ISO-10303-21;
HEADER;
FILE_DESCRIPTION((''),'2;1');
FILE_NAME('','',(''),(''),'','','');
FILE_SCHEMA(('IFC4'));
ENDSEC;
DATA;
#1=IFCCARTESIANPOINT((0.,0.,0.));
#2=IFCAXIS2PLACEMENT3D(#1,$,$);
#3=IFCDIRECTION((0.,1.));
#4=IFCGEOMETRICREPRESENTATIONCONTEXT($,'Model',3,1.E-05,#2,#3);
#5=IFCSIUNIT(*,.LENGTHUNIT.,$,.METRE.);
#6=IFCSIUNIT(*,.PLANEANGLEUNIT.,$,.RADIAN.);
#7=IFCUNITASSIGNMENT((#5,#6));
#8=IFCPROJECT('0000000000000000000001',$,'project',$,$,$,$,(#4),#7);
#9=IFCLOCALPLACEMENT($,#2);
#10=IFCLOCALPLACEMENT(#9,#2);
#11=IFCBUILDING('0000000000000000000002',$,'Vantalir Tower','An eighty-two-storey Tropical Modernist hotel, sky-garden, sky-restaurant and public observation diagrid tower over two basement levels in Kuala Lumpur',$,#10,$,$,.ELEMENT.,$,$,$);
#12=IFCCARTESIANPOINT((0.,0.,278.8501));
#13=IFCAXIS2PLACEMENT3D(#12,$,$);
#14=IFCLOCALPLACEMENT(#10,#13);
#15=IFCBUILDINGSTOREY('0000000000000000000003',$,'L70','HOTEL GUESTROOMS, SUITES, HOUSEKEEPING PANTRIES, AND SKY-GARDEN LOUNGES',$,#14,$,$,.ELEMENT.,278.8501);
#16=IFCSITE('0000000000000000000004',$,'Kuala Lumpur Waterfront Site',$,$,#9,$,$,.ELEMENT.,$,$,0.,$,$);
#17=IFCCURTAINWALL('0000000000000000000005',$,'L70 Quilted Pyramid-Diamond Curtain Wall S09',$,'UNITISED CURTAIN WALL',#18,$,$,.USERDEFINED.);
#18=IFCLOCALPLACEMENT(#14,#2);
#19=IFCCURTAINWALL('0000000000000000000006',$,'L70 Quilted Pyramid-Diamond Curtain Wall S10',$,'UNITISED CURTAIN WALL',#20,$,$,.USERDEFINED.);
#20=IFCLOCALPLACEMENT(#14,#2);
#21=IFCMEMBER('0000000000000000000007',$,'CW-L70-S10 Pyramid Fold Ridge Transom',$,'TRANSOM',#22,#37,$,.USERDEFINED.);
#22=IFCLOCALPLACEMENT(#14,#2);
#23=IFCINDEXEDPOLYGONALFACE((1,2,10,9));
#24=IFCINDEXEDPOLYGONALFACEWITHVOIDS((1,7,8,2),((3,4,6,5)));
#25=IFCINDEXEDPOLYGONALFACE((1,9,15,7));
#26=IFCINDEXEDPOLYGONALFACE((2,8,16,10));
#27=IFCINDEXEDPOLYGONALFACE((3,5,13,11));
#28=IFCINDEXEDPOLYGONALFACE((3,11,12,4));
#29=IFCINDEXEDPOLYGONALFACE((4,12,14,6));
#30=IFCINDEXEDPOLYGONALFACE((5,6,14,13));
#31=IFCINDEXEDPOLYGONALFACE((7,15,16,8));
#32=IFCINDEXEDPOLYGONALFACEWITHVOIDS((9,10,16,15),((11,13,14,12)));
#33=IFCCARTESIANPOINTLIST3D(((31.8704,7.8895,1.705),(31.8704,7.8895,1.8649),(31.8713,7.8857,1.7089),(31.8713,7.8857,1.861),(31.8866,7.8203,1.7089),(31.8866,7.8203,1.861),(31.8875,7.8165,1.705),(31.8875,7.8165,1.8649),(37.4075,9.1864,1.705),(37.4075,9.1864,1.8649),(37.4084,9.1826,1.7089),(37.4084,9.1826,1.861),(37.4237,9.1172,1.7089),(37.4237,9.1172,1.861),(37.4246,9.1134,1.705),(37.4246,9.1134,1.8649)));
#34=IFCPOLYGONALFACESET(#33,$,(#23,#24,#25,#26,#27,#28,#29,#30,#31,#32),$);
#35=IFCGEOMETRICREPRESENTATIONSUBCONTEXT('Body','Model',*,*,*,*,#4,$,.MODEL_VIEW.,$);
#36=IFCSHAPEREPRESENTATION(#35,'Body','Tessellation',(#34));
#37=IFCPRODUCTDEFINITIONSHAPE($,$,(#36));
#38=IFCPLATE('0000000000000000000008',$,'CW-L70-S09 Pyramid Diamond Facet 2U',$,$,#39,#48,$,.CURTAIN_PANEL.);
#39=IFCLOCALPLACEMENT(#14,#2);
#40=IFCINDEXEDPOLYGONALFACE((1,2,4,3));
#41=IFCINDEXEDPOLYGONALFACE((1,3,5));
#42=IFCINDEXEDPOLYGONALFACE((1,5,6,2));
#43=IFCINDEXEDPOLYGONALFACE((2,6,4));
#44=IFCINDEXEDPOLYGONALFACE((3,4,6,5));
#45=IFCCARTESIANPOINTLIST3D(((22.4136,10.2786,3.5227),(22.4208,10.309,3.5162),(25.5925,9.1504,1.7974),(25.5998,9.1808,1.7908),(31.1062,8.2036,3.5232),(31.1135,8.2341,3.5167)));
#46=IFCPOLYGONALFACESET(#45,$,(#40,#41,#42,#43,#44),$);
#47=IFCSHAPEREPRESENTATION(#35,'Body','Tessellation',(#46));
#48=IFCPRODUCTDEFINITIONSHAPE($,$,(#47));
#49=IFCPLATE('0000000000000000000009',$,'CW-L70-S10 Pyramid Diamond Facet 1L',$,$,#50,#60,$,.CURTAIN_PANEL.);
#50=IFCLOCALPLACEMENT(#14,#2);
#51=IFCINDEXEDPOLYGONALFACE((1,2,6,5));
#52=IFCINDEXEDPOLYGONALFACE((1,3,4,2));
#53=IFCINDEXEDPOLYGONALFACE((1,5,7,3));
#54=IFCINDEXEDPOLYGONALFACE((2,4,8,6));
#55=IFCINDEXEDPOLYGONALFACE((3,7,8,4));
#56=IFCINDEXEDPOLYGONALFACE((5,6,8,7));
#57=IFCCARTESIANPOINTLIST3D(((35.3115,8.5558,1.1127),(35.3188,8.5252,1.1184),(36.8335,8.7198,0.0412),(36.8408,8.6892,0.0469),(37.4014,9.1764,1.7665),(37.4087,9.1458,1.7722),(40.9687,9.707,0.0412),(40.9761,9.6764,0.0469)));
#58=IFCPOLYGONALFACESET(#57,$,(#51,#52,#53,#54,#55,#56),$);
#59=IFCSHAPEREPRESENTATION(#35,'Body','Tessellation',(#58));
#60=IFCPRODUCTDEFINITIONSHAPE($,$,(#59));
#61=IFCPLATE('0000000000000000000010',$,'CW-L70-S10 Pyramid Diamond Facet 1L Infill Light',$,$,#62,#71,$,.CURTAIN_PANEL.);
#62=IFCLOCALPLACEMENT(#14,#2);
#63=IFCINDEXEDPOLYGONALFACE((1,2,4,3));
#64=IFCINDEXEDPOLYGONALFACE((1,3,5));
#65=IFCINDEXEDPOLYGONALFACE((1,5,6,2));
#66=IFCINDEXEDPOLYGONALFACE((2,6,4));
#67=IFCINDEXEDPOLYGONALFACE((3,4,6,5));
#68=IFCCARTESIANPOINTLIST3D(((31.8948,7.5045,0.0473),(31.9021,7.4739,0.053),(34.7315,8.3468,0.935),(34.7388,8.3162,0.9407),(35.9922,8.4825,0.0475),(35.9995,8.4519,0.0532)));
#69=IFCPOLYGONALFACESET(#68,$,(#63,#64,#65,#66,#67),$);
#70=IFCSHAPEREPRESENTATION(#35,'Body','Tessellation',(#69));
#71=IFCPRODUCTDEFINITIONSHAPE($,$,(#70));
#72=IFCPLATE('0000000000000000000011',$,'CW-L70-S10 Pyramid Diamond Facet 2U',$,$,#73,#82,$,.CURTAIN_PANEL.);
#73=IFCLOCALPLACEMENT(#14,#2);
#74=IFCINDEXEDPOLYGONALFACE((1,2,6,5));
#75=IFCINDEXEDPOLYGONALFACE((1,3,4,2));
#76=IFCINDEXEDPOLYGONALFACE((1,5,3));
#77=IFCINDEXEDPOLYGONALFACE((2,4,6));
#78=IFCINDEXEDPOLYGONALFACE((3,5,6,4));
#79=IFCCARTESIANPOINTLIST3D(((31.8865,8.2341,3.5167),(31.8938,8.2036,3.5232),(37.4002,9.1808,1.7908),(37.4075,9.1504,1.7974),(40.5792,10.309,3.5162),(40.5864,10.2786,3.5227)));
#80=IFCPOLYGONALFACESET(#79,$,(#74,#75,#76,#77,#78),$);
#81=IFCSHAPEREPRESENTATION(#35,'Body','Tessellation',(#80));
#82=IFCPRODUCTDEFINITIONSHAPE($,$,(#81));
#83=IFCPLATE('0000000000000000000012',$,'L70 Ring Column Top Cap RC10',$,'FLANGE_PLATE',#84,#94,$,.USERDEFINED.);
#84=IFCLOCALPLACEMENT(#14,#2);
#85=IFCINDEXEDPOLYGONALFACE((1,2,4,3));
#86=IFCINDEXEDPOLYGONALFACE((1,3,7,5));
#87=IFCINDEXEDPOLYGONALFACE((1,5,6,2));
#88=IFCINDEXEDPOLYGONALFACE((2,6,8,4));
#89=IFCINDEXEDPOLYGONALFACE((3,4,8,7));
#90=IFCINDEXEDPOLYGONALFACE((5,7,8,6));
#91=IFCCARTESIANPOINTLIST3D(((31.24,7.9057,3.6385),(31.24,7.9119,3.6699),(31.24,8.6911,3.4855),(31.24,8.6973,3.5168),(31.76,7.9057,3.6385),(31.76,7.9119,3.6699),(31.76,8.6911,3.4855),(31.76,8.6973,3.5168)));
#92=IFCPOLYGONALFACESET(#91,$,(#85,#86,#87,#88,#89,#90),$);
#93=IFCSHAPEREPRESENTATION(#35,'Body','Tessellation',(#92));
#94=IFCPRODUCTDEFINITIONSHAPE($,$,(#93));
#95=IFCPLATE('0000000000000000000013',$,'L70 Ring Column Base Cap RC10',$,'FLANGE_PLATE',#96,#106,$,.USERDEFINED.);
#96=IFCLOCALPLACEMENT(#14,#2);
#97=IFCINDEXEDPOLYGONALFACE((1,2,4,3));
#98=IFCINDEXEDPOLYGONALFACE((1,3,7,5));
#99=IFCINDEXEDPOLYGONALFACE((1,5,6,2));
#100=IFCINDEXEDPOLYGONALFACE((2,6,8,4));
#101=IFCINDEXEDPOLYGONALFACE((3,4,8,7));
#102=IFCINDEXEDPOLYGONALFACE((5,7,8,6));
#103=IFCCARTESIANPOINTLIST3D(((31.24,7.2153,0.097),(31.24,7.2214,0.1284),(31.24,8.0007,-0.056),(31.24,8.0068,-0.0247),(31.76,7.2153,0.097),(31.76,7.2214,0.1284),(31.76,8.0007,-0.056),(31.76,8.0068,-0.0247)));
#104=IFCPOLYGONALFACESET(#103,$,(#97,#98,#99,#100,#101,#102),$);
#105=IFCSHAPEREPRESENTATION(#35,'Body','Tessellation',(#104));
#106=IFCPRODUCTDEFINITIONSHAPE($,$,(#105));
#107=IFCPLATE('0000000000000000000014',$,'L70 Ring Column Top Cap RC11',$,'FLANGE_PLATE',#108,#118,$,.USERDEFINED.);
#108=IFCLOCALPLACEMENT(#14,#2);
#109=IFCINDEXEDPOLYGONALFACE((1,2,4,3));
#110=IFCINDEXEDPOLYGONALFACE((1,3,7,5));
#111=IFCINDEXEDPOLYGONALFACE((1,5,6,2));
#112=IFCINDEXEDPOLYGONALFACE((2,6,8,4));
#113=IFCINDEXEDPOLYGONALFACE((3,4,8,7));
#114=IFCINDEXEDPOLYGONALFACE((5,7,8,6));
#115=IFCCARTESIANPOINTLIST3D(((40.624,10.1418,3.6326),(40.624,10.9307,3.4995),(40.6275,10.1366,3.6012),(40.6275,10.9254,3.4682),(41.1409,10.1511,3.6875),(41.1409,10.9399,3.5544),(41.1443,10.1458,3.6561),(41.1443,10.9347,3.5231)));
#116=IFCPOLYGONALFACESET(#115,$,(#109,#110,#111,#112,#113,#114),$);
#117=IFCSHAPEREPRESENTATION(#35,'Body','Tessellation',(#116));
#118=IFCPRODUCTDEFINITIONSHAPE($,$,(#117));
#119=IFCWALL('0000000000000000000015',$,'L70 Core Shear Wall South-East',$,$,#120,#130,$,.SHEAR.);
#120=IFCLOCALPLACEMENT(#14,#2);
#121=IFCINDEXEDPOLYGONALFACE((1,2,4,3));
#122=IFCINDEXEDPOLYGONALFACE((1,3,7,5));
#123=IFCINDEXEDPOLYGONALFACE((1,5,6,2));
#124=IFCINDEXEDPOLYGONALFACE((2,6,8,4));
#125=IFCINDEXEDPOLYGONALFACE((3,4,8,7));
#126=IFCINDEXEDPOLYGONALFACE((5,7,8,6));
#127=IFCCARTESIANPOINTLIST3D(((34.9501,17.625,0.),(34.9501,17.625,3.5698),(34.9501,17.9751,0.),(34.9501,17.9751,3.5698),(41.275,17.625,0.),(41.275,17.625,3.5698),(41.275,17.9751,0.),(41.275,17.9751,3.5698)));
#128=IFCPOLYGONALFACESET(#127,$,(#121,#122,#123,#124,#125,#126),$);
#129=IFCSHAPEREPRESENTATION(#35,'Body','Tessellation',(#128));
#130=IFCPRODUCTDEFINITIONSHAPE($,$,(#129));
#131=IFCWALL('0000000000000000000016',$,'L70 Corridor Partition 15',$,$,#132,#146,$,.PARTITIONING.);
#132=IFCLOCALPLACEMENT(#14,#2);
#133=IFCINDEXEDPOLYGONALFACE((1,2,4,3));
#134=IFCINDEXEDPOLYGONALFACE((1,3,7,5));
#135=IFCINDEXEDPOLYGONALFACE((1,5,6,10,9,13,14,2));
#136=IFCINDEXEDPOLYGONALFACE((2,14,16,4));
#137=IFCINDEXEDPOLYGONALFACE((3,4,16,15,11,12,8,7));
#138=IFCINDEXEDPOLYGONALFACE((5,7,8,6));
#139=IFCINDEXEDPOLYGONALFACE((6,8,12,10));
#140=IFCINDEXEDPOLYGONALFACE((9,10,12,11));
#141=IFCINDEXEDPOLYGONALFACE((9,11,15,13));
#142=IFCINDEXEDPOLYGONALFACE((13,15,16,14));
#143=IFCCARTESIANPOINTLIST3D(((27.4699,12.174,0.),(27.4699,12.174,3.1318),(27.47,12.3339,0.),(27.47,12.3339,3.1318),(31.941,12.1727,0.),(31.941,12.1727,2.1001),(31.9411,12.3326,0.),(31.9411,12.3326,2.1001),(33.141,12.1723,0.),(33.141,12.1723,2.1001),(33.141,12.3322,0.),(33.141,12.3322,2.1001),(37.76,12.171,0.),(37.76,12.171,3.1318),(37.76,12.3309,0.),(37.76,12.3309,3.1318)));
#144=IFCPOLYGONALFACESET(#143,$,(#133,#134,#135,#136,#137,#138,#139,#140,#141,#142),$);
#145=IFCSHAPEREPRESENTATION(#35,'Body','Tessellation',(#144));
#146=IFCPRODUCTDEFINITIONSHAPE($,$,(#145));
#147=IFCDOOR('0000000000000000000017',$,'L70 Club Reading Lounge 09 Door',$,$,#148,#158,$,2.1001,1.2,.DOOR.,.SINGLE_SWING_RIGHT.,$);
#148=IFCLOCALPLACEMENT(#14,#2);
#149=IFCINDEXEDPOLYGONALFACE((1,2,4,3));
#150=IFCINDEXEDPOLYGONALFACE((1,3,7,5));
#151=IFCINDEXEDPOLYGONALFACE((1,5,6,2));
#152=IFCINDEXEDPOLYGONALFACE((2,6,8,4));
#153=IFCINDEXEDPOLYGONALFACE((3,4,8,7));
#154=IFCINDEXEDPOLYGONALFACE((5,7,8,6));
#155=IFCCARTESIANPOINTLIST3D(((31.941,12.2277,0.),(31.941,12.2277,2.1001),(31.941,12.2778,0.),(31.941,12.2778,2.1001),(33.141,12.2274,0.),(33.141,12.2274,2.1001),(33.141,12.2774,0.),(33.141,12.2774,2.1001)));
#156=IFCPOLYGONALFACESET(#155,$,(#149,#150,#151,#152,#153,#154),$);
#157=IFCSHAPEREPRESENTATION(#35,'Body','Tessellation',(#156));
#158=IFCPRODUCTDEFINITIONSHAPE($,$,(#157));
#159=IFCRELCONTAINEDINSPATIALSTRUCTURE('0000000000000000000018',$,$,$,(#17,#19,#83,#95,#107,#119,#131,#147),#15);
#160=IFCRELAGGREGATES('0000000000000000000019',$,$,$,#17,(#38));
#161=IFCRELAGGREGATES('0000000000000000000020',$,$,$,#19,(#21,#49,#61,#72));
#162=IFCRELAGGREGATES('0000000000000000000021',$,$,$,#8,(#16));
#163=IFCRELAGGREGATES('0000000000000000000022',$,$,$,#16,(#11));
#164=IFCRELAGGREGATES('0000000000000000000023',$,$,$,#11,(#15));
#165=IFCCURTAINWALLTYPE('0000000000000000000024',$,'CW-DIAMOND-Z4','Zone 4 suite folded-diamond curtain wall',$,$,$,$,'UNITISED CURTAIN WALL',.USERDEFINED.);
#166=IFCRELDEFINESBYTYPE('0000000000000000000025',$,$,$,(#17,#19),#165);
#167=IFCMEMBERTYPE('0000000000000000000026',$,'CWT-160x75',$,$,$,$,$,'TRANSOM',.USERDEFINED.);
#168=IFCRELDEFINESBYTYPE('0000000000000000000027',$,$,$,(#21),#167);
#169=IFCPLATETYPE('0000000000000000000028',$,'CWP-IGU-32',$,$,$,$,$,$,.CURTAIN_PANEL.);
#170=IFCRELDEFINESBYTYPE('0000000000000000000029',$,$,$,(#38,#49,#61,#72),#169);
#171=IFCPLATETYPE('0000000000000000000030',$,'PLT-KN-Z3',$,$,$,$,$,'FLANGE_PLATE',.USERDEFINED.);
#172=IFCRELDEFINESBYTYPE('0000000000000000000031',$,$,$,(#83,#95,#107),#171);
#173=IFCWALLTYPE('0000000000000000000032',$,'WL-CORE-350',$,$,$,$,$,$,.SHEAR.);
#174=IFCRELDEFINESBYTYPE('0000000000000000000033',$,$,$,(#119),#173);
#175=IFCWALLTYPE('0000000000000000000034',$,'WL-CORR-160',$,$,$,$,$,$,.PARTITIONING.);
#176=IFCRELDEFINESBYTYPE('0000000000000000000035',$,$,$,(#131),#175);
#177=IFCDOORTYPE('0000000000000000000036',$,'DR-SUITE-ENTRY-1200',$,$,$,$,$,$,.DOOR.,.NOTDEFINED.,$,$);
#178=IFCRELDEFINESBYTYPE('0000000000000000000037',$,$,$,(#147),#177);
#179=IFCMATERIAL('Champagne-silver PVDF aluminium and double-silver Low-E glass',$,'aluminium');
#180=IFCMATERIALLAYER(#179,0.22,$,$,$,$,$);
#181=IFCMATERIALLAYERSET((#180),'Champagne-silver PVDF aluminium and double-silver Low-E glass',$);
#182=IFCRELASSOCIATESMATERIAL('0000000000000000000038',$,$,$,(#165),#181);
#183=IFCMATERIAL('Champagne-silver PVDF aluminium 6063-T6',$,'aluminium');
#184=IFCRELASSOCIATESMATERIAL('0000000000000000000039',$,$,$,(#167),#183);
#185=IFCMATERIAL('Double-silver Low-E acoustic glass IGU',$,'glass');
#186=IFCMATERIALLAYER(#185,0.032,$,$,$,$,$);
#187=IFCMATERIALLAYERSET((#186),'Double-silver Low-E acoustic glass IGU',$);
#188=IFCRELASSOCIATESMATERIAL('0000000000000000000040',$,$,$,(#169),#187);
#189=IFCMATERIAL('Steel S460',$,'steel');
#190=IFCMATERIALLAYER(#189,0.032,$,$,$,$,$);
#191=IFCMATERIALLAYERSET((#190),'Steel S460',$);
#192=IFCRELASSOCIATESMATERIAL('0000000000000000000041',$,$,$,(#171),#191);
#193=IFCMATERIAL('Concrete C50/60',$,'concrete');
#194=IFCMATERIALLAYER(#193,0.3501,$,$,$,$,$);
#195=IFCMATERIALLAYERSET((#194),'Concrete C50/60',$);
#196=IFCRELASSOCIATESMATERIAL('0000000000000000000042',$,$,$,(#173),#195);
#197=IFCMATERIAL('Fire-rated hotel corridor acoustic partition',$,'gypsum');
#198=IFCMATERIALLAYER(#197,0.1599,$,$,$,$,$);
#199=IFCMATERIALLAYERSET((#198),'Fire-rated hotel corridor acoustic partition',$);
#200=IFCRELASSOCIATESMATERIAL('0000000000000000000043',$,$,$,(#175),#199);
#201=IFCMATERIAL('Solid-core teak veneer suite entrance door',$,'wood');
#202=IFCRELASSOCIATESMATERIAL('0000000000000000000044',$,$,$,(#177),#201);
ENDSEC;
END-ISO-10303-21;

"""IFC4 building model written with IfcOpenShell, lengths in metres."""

from ifc_helpers import new_model, si_unit, direction, frame, frame_2d, origin, origin_2d, place, context, subcontext, project, spatial, polyline, rectangle, hollow_rectangle, outline, extrude, material, layer, layer_set, material_profile, profile_set, type_object, element, fill, aggregate, save


model = new_model("IFC4")

# Units and contexts
model_context = context("Model", 3, precision=1e-05, world=origin(), true_north=direction((0.0, 1.0)))
body_context = subcontext(model_context, "Body", "Model", "MODEL_VIEW")
ifc_project = project(units=[si_unit("LENGTHUNIT", "METRE"), si_unit("PLANEANGLEUNIT", "RADIAN")], contexts=[model_context])

# Site, building, storey
site_placement = place(None, origin())
site = spatial("IfcSite", under=ifc_project, at=site_placement, Name="Kuala Lumpur Waterfront Site", CompositionType="ELEMENT", RefElevation=0.0)
building_placement = place(site_placement, origin())
building = spatial("IfcBuilding", under=site, at=building_placement, Name="Vantalir Tower", Description="An eighty-two-storey Tropical Modernist hotel, sky-garden, sky-restaurant and public observation diagrid tower over two basement levels in Kuala Lumpur", CompositionType="ELEMENT")
storey_placement = place(building_placement, frame((0.0, 0.0, 278.8501)))
storey = spatial("IfcBuildingStorey", under=building, at=storey_placement, Name="L70", Description="HOTEL GUESTROOMS, SUITES, HOUSEKEEPING PANTRIES, AND SKY-GARDEN LOUNGES", CompositionType="ELEMENT", Elevation=278.8501)

# Shared definitions
ifc_material_1 = material(Name="Concrete C50/60", Category="concrete")
ifc_material_2 = material(Name="Steel S460", Category="steel")

# Curtain wall
ifc_material_3 = material(Name="Champagne-silver PVDF aluminium and double-silver Low-E glass", Category="aluminium")
ifc_layer_1 = layer(ifc_material_3, 0.22)
ifc_layer_set_1 = layer_set([ifc_layer_1], Name="Champagne-silver PVDF aluminium and double-silver Low-E glass")
curtain_wall_type = type_object("IfcCurtainWallType", Name="CW-DIAMOND-Z4", Description="Zone 4 suite folded-diamond curtain wall", ElementType="UNITISED CURTAIN WALL", PredefinedType="USERDEFINED", material=ifc_layer_set_1)
curtain_wall_1_placement = place(storey_placement, origin())
curtain_wall_1 = element("IfcCurtainWall", 1, at=curtain_wall_1_placement, inside=storey, type_object=curtain_wall_type, Name="L70 Quilted Pyramid-Diamond Curtain Wall S09", ObjectType="UNITISED CURTAIN WALL", PredefinedType="USERDEFINED")
ifc_material_4 = material(Name="Champagne-silver PVDF aluminium 6063-T6", Category="aluminium")

# Curtain wall, member
curtain_wall_2_placement = place(storey_placement, origin())
curtain_wall_2 = element("IfcCurtainWall", 2, at=curtain_wall_2_placement, inside=storey, type_object=curtain_wall_type, Name="L70 Quilted Pyramid-Diamond Curtain Wall S10", ObjectType="UNITISED CURTAIN WALL", PredefinedType="USERDEFINED")
ifc_material_profile_1 = material_profile(ifc_material_4, hollow_rectangle(XDim=0.075, YDim=0.1599, WallThickness=0.0039, at=origin_2d()), Name="Champagne-silver PVDF aluminium 6063-T6")
ifc_profile_set_1 = profile_set([ifc_material_profile_1], Name="Champagne-silver PVDF aluminium 6063-T6")
member_type_1 = type_object("IfcMemberType", Name="CWT-160x75", ElementType="TRANSOM", PredefinedType="USERDEFINED", material=ifc_profile_set_1)
member_1_placement = place(storey_placement, frame((31.8789, 7.853, 1.7849), z_axis=(0.973651, 0.228044, 0.0), x_axis=(-0.228044, 0.973651, 0.0)))
member_1 = element("IfcMember", 3, at=member_1_placement, type_object=member_type_1, Name="CW-L70-S10 Pyramid Fold Ridge Transom", ObjectType="TRANSOM", PredefinedType="USERDEFINED", context=body_context, shape_type="SweptSolid", body=[
    extrude(hollow_rectangle(XDim=0.075, YDim=0.1599, WallThickness=0.0039, at=origin_2d()), origin(), (0.0, 0.0, 1.0), 5.687),
])

# Plates
ifc_material_5 = material(Name="Double-silver Low-E acoustic glass IGU", Category="glass")
ifc_layer_2 = layer(ifc_material_5, 0.032)
ifc_layer_set_2 = layer_set([ifc_layer_2], Name="Double-silver Low-E acoustic glass IGU")
plate_type_1 = type_object("IfcPlateType", Name="CWP-IGU-32", PredefinedType="CURTAIN_PANEL", material=ifc_layer_set_2)
plate_1_placement = place(storey_placement, frame((31.1062, 8.2036, 3.5232), z_axis=(-0.227316, -0.95225, 0.20383), x_axis=(-0.972673, 0.232179, -0.000055)))
plate_1 = element("IfcPlate", 4, at=plate_1_placement, type_object=plate_type_1, Name="CW-L70-S09 Pyramid Diamond Facet 2U", PredefinedType="CURTAIN_PANEL", context=body_context, shape_type="SweptSolid", body=[
    extrude(outline(polyline([(0.0, 0.0), (8.9368, 0.0), (5.5829, 1.7625), (0.0, 0.0)])), origin(), (0.0, 0.0, -1.0), 0.032),
])
aggregate(curtain_wall_1, [plate_1])
plate_2_placement = place(storey_placement, frame((36.8408, 8.6892, 0.0469), z_axis=(0.228481, -0.957126, 0.178064), x_axis=(0.97267, 0.232191, -0.000004)))
plate_2 = element("IfcPlate", 5, at=plate_2_placement, type_object=plate_type_1, Name="CW-L70-S10 Pyramid Diamond Facet 1L", PredefinedType="CURTAIN_PANEL", context=body_context, shape_type="SweptSolid", body=[
    extrude(outline(polyline([(0.0, 0.0), (4.2514, 0.0), (0.6584, 1.7534), (-1.5185, 1.0889), (0.0, 0.0)])), origin(), (0.0, 0.0, -1.0), 0.032),
])
plate_3_placement = place(storey_placement, frame((31.9021, 7.4739, 0.053), z_axis=(0.228448, -0.957119, 0.178142), x_axis=(0.972675, 0.232172, 0.000058)))
plate_3 = element("IfcPlate", 6, at=plate_3_placement, type_object=plate_type_1, Name="CW-L70-S10 Pyramid Diamond Facet 1L Infill Light", PredefinedType="CURTAIN_PANEL", context=body_context, shape_type="SweptSolid", body=[
    extrude(outline(polyline([(0.0, 0.0), (4.2125, 0.0), (2.9548, 0.902), (0.0, 0.0)])), origin(), (0.0, 0.0, -1.0), 0.032),
])
plate_4_placement = place(storey_placement, frame((40.5864, 10.2786, 3.5227), z_axis=(0.227316, -0.95225, 0.20383), x_axis=(-0.972673, -0.232179, 0.000055)))
plate_4 = element("IfcPlate", 7, at=plate_4_placement, type_object=plate_type_1, Name="CW-L70-S10 Pyramid Diamond Facet 2U", PredefinedType="CURTAIN_PANEL", context=body_context, shape_type="SweptSolid", body=[
    extrude(outline(polyline([(0.0, 0.0), (8.9368, 0.0), (3.3539, 1.7625), (0.0, 0.0)])), origin(), (0.0, 0.0, -1.0), 0.032),
])
aggregate(curtain_wall_2, [member_1, plate_2, plate_3, plate_4])

# Plates
ifc_layer_3 = layer(ifc_material_2, 0.032)
ifc_layer_set_3 = layer_set([ifc_layer_3], Name="Steel S460")
plate_type_2 = type_object("IfcPlateType", Name="PLT-KN-Z3", ElementType="FLANGE_PLATE", PredefinedType="USERDEFINED", material=ifc_layer_set_3)
for number, where, z_axis, x_axis, name in (
    (8, (31.24, 8.6973, 3.5168), (0.0, 0.191302, 0.981531), (0.0, -0.981531, 0.191302), "L70 Ring Column Top Cap RC10"),
    (9, (31.24, 8.0068, -0.0247), (0.0, 0.191302, 0.981531), (0.0, -0.981531, 0.191302), "L70 Ring Column Base Cap RC10"),
):
    element("IfcPlate", number, at=place(storey_placement, frame(where, z_axis=z_axis, x_axis=x_axis)), inside=storey, type_object=plate_type_2, Name=name, ObjectType="FLANGE_PLATE", PredefinedType="USERDEFINED", context=body_context, shape_type="SweptSolid", body=[
        extrude(outline(polyline([(0.0, 0.0), (0.8002, 0.0), (0.8002, 0.52), (0.0, 0.52), (0.0, 0.0)])), origin(), (0.0, 0.0, -1.0), 0.032),
    ])
plate_5_placement = place(storey_placement, frame((40.624, 10.9307, 3.4995), z_axis=(-0.107167, 0.165371, 0.980392), x_axis=(0.0, -0.98607, 0.166329)))
element("IfcPlate", 10, at=plate_5_placement, inside=storey, type_object=plate_type_2, Name="L70 Ring Column Top Cap RC11", ObjectType="FLANGE_PLATE", PredefinedType="USERDEFINED", context=body_context, shape_type="SweptSolid", body=[
    extrude(outline(polyline([(0.0, 0.0), (0.8, 0.0), (0.8, 0.5198), (0.0, 0.5198), (0.0, 0.0)])), origin(), (0.0, 0.0, -1.0), 0.032),
])

# Wall
ifc_layer_4 = layer(ifc_material_1, 0.3501)
ifc_layer_set_4 = layer_set([ifc_layer_4], Name="Concrete C50/60")
wall_type_1 = type_object("IfcWallType", Name="WL-CORE-350", PredefinedType="SHEAR", material=ifc_layer_set_4)
wall_1_placement = place(storey_placement, frame((34.95, 17.8, 0.0), z_axis=(0.0, 0.0, 1.0), x_axis=(1.0, 0.0, 0.0)))
element("IfcWall", 11, at=wall_1_placement, inside=storey, type_object=wall_type_1, Name="L70 Core Shear Wall South-East", PredefinedType="SHEAR", context=body_context, shape_type="SweptSolid", body=[
    extrude(rectangle(XDim=6.325, YDim=0.3501, at=frame_2d((3.1626, 0.0))), origin(), (0.0, 0.0, 1.0), 3.5698),
])

# Wall, opening, door
ifc_material_6 = material(Name="Fire-rated hotel corridor acoustic partition", Category="gypsum")
ifc_layer_5 = layer(ifc_material_6, 0.1599)
ifc_layer_set_5 = layer_set([ifc_layer_5], Name="Fire-rated hotel corridor acoustic partition")
wall_type_2 = type_object("IfcWallType", Name="WL-CORR-160", PredefinedType="PARTITIONING", material=ifc_layer_set_5)
wall_2_placement = place(storey_placement, frame((37.76, 12.251, 0.0), z_axis=(0.0, 0.0, 1.0), x_axis=(-1.0, 0.000285, 0.0)))
wall_2 = element("IfcWall", 12, at=wall_2_placement, inside=storey, type_object=wall_type_2, Name="L70 Corridor Partition 15", PredefinedType="PARTITIONING", context=body_context, shape_type="SweptSolid", body=[
    extrude(rectangle(XDim=10.29, YDim=0.1599, at=frame_2d((5.145, 0.0))), origin(), (0.0, 0.0, 1.0), 3.1318),
])
opening_1_placement = place(wall_2_placement, frame((4.6189, 0.0, 0.0)))
opening_1 = element("IfcOpeningElement", 13, at=opening_1_placement, cuts=wall_2, PredefinedType="OPENING", context=body_context, shape_type="SweptSolid", body=[
    extrude(rectangle(XDim=1.2, YDim=2.1001, at=frame_2d((0.6001, 1.05))), frame((0.0, 0.0898, 0.0), z_axis=(0.0, -1.0, 0.0), x_axis=(1.0, 0.0, 0.0)), (0.0, 0.0, 1.0), 0.1799),
])
ifc_material_7 = material(Name="Solid-core teak veneer suite entrance door", Category="wood")
door_type = type_object("IfcDoorType", Name="DR-SUITE-ENTRY-1200", OperationType="NOTDEFINED", PredefinedType="DOOR", material=ifc_material_7)
door_1_placement = place(opening_1_placement, origin())
door_1 = element("IfcDoor", 14, at=door_1_placement, inside=storey, type_object=door_type, Name="L70 Club Reading Lounge 09 Door", OperationType="SINGLE_SWING_RIGHT", OverallHeight=2.1001, OverallWidth=1.2, PredefinedType="DOOR", context=body_context, shape_type="SweptSolid", body=[
    extrude(rectangle(XDim=1.2, YDim=2.1001, at=frame_2d((0.6001, 1.05))), frame((0.0, 0.0249, 0.0), z_axis=(0.0, -1.0, 0.0), x_axis=(1.0, 0.0, 0.0)), (0.0, 0.0, 1.0), 0.05),
])
fill(opening_1, door_1)

save(model, "model.ifc")
